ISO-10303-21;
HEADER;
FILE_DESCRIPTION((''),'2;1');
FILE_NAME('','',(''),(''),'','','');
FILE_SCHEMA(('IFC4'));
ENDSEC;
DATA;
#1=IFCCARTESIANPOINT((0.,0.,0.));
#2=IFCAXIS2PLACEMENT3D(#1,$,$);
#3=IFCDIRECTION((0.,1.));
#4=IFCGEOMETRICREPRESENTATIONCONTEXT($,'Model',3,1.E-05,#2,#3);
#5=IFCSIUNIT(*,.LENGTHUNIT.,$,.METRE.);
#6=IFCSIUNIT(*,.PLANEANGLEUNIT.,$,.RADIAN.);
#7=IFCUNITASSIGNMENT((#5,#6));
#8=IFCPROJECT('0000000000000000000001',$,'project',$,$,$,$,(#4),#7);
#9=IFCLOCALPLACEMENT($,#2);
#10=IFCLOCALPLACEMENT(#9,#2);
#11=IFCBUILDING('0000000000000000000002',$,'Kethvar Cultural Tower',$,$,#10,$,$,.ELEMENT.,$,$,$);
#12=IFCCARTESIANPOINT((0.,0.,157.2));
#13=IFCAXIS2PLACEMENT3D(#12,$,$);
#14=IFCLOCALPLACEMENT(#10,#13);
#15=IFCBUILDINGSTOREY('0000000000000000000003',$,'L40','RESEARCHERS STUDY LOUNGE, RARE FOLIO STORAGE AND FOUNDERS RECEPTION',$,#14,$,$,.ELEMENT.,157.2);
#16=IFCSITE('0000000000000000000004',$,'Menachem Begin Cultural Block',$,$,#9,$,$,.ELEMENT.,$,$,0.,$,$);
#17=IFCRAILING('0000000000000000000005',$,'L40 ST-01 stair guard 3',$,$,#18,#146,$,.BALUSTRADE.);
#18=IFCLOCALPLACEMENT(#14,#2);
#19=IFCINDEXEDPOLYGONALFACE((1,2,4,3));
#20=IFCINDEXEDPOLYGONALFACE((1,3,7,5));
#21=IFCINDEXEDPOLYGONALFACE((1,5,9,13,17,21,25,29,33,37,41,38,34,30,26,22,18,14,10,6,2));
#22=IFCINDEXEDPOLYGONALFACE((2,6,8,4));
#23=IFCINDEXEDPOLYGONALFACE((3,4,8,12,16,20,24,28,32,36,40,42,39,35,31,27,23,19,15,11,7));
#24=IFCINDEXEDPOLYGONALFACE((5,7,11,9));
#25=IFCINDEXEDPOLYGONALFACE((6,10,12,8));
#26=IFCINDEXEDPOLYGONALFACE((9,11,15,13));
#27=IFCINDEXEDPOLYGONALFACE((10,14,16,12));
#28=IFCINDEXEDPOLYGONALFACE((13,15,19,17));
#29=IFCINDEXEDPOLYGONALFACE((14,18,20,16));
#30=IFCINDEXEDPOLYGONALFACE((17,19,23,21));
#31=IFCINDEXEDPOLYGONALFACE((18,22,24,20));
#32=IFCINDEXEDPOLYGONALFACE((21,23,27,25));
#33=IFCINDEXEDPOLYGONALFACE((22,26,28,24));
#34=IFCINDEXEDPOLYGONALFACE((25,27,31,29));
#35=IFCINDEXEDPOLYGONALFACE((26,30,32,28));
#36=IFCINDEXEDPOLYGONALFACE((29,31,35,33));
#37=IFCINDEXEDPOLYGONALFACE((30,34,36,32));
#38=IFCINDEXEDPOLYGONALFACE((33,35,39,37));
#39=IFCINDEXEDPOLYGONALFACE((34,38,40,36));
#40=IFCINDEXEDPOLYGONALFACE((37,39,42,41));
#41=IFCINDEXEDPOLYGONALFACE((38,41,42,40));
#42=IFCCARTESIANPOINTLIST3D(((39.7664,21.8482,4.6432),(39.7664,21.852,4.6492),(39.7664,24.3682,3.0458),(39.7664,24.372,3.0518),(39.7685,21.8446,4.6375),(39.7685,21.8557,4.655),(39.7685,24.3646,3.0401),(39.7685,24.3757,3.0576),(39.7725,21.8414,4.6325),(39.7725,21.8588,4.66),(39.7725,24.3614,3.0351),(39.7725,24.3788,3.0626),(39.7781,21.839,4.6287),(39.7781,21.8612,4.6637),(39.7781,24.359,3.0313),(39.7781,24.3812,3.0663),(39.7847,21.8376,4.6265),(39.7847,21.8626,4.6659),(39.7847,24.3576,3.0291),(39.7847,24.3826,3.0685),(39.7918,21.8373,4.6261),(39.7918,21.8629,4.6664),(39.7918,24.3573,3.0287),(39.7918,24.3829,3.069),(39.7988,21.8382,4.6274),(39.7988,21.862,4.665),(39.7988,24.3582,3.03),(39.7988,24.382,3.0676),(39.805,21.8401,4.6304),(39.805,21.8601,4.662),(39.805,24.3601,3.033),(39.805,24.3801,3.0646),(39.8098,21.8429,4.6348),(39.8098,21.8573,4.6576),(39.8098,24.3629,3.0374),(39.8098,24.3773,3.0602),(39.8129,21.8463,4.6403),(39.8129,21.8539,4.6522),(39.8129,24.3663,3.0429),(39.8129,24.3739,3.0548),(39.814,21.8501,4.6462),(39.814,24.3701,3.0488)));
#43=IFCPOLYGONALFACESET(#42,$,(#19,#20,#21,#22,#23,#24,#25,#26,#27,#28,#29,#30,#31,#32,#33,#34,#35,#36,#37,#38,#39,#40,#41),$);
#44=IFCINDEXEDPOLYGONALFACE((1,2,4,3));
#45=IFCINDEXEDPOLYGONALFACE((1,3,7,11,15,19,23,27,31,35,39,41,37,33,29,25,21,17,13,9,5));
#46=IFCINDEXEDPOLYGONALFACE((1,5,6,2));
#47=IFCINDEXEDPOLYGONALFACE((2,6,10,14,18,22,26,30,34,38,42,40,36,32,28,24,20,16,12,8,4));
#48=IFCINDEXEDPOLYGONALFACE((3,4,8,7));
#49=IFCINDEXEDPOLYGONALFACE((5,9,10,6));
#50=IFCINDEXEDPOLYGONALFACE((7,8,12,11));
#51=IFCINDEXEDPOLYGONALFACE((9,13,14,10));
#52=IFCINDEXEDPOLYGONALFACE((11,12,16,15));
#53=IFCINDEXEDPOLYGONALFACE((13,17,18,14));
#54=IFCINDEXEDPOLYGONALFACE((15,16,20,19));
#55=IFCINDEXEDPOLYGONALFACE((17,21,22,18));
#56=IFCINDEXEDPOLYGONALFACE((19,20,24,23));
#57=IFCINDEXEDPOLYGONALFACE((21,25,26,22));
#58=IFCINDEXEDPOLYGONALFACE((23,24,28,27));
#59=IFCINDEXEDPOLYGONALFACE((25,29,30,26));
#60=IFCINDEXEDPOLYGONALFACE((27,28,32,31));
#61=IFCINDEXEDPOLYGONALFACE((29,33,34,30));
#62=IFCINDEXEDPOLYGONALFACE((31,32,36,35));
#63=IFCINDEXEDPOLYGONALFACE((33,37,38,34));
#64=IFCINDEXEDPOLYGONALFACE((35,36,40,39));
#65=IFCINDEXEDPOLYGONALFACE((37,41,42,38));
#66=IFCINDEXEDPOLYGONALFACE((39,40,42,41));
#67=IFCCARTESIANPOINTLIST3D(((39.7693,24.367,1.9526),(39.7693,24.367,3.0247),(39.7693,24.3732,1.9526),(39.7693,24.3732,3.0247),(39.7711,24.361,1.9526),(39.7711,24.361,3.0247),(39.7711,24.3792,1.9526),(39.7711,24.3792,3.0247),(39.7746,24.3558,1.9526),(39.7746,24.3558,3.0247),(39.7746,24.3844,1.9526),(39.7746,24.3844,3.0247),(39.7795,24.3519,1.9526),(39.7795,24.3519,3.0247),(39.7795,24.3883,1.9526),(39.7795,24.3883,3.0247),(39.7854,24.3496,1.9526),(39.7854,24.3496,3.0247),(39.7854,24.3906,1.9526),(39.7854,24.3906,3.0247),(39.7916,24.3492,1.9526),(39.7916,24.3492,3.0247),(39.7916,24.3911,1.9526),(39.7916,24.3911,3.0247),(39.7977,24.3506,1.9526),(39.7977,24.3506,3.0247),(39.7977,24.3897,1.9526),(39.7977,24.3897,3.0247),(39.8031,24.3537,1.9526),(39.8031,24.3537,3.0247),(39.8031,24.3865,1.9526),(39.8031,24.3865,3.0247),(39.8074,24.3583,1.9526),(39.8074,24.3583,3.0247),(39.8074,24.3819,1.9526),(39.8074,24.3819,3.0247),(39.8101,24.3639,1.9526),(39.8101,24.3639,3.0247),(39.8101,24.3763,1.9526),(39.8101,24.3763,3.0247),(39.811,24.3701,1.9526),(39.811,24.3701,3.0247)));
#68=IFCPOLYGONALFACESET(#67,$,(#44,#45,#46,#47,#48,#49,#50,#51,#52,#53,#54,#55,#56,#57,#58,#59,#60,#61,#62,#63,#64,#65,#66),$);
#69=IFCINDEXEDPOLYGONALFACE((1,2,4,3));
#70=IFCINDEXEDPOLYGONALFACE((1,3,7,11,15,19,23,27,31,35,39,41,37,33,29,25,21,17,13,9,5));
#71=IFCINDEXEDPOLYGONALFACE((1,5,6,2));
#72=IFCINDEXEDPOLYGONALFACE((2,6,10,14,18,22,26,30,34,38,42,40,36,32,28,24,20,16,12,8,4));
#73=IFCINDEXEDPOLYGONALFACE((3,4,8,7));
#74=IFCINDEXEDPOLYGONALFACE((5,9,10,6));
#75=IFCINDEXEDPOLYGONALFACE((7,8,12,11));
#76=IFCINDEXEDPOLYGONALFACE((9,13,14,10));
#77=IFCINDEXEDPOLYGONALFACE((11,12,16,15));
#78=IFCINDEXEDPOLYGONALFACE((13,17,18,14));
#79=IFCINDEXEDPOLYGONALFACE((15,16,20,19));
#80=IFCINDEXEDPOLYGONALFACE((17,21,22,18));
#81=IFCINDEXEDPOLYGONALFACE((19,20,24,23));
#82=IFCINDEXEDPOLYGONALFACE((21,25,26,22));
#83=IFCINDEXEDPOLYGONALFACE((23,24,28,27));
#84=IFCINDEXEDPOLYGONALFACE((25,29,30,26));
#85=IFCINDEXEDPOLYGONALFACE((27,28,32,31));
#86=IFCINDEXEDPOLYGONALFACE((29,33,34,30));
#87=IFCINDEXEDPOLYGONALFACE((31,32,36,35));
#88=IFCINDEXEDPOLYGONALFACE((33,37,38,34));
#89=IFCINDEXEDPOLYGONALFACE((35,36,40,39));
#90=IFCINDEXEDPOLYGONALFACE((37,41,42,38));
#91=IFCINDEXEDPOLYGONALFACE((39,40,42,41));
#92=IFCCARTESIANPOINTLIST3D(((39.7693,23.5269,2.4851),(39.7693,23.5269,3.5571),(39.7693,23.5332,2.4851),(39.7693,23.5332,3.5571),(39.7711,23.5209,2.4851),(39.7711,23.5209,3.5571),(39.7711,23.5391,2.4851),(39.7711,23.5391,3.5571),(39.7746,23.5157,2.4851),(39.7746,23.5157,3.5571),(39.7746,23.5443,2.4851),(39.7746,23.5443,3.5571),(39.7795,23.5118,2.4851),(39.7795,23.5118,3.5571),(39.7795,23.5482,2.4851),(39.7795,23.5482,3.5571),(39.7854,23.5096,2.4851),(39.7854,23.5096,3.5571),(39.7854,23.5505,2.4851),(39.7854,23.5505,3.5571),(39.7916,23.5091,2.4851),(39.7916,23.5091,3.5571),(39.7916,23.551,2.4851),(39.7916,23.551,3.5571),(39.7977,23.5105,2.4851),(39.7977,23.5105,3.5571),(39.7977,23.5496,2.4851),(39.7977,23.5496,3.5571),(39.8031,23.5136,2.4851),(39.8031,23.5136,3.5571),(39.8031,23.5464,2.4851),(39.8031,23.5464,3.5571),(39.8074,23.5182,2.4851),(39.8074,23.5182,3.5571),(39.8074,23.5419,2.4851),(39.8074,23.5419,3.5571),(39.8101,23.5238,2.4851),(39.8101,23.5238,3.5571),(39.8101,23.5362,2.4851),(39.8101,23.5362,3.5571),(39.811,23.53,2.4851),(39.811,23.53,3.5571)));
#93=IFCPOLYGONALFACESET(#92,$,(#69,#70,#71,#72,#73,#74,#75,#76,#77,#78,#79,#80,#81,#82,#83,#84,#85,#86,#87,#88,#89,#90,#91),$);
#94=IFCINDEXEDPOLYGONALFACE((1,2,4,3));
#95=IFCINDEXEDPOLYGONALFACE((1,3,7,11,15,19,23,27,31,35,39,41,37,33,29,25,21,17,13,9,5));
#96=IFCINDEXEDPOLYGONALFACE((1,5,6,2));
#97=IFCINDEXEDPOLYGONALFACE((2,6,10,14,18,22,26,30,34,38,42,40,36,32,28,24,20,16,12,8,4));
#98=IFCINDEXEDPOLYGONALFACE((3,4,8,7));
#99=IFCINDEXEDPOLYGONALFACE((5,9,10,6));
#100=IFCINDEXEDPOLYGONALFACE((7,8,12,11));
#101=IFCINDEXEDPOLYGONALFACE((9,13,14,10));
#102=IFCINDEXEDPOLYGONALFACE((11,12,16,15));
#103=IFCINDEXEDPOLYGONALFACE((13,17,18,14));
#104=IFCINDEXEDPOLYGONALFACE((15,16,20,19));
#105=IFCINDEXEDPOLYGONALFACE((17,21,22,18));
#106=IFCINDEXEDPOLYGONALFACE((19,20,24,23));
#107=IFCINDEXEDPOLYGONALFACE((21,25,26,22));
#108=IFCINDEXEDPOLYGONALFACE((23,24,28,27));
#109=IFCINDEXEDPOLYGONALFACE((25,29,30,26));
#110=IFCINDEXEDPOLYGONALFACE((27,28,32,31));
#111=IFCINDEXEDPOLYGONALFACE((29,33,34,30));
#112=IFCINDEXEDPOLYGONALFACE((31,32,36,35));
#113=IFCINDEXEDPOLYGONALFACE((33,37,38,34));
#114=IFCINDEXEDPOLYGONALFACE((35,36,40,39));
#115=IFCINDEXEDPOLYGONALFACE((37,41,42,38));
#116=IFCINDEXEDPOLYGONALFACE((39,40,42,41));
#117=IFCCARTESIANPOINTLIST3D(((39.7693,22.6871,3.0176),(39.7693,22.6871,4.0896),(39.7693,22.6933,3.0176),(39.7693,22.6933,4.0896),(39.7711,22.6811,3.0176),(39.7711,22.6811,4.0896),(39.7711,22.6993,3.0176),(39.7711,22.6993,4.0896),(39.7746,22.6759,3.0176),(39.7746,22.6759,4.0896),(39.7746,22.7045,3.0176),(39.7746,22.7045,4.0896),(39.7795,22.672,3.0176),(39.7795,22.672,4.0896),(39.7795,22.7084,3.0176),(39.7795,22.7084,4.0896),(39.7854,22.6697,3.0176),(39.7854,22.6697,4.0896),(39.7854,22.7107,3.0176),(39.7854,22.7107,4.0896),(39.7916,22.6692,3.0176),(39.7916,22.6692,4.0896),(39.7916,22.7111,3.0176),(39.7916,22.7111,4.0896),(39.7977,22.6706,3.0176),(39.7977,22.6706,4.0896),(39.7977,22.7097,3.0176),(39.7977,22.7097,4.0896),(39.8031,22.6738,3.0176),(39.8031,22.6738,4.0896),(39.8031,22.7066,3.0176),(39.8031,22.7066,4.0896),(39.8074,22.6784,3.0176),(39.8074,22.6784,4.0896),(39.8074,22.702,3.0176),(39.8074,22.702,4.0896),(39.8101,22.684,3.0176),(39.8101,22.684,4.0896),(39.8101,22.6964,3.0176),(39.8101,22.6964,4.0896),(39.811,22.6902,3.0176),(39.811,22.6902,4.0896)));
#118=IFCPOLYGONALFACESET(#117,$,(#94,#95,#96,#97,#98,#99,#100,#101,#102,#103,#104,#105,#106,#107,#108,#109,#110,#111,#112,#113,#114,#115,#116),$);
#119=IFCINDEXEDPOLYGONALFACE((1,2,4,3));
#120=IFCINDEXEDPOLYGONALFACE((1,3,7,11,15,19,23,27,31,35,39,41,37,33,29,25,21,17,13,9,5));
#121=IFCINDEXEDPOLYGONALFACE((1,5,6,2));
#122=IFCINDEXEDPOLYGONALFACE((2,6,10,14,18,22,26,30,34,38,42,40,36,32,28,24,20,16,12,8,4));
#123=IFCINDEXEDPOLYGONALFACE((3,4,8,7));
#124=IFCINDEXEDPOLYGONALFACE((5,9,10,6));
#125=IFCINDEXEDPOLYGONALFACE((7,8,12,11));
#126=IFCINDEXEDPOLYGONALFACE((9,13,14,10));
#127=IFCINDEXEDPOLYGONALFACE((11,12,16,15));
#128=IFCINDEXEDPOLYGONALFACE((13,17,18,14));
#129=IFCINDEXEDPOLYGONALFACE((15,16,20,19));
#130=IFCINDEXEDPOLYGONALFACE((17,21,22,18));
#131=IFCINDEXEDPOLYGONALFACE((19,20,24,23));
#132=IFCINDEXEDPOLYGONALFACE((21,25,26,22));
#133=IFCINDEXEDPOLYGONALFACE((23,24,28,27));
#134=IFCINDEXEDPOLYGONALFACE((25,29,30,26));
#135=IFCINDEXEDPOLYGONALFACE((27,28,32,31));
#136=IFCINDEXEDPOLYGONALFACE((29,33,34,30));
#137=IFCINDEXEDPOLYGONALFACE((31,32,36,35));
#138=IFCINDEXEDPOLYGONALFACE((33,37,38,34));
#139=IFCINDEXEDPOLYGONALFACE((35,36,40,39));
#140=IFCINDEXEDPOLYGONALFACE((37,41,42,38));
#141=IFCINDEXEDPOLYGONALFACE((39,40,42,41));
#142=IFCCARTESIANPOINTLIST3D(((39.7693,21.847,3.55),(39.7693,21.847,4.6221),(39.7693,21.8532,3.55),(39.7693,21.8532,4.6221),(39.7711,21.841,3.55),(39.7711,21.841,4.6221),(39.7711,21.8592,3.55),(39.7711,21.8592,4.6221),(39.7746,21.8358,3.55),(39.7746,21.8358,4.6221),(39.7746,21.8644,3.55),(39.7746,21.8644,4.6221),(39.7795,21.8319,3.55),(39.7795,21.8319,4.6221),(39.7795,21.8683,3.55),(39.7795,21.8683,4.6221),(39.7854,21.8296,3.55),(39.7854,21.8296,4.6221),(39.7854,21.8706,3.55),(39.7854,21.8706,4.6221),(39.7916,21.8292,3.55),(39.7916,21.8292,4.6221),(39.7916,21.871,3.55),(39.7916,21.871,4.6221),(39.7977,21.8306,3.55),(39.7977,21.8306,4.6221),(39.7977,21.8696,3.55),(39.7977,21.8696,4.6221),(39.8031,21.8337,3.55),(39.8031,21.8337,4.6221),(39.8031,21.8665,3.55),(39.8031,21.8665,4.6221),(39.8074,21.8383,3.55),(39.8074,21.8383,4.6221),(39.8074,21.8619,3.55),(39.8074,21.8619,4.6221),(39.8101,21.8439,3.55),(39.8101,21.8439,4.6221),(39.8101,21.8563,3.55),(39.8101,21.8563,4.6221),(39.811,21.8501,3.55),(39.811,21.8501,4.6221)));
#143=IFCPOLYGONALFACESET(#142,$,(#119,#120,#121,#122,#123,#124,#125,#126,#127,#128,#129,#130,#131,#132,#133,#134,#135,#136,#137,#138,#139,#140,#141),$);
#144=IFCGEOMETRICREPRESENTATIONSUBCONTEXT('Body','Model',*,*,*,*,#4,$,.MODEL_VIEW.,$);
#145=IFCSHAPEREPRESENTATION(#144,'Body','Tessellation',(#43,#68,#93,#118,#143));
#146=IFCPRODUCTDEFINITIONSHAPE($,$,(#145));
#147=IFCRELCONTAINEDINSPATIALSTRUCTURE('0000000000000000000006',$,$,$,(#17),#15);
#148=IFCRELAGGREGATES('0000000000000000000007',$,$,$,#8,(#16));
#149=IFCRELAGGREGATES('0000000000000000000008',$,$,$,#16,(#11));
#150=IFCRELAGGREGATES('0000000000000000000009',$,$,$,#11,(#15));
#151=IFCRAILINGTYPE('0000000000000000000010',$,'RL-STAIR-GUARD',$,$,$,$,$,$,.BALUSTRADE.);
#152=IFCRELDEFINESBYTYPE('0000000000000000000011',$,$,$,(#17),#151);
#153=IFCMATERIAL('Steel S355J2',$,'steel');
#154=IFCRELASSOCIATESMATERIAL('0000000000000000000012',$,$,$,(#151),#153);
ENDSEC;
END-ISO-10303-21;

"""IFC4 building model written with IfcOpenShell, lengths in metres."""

from ifc_helpers import new_model, si_unit, direction, frame, origin, origin_2d, place, context, subcontext, project, spatial, circle, extrude, material, type_object, element, save


model = new_model("IFC4")

# Units and contexts
model_context = context("Model", 3, precision=1e-05, world=origin(), true_north=direction((0.0, 1.0)))
body_context = subcontext(model_context, "Body", "Model", "MODEL_VIEW")
ifc_project = project(units=[si_unit("LENGTHUNIT", "METRE"), si_unit("PLANEANGLEUNIT", "RADIAN")], contexts=[model_context])

# Site, building, storey
site_placement = place(None, origin())
site = spatial("IfcSite", under=ifc_project, at=site_placement, Name="Menachem Begin Cultural Block", CompositionType="ELEMENT", RefElevation=0.0)
building_placement = place(site_placement, origin())
building = spatial("IfcBuilding", under=site, at=building_placement, Name="Kethvar Cultural Tower", CompositionType="ELEMENT")
storey_placement = place(building_placement, frame((0.0, 0.0, 157.2)))
storey = spatial("IfcBuildingStorey", under=building, at=storey_placement, Name="L40", Description="RESEARCHERS STUDY LOUNGE, RARE FOLIO STORAGE AND FOUNDERS RECEPTION", CompositionType="ELEMENT", Elevation=157.2)

# Shared definitions
ifc_material_1 = material(Name="Steel S355J2", Category="steel")

# Railing
railing_type = type_object("IfcRailingType", Name="RL-STAIR-GUARD", PredefinedType="BALUSTRADE", material=ifc_material_1)
railing_1_placement = place(storey_placement, frame((39.79, 24.3701, 1.9526)))
element("IfcRailing", 1, at=railing_1_placement, inside=storey, type_object=railing_type, Name="L40 ST-01 stair guard 3", PredefinedType="BALUSTRADE", context=body_context, shape_type="SweptSolid", body=[
    extrude(circle(Radius=0.0239, at=origin_2d()), frame((0.0, 0.0, 1.0962), z_axis=(0.0, -0.844607, 0.535387), x_axis=(1.0, 0.0, 0.0)), (0.0, 0.0, 1.0), 2.9836),
    extrude(circle(Radius=0.021, at=origin_2d()), origin(), (0.0, 0.0, 1.0), 1.072),
    extrude(circle(Radius=0.021, at=origin_2d()), frame((0.0, -0.8401, 0.5325)), (0.0, 0.0, 1.0), 1.072),
    extrude(circle(Radius=0.021, at=origin_2d()), frame((0.0, -1.6799, 1.0649)), (0.0, 0.0, 1.0), 1.072),
    extrude(circle(Radius=0.021, at=origin_2d()), frame((0.0, -2.52, 1.5974)), (0.0, 0.0, 1.0), 1.072),
])

save(model, "model.ifc")
